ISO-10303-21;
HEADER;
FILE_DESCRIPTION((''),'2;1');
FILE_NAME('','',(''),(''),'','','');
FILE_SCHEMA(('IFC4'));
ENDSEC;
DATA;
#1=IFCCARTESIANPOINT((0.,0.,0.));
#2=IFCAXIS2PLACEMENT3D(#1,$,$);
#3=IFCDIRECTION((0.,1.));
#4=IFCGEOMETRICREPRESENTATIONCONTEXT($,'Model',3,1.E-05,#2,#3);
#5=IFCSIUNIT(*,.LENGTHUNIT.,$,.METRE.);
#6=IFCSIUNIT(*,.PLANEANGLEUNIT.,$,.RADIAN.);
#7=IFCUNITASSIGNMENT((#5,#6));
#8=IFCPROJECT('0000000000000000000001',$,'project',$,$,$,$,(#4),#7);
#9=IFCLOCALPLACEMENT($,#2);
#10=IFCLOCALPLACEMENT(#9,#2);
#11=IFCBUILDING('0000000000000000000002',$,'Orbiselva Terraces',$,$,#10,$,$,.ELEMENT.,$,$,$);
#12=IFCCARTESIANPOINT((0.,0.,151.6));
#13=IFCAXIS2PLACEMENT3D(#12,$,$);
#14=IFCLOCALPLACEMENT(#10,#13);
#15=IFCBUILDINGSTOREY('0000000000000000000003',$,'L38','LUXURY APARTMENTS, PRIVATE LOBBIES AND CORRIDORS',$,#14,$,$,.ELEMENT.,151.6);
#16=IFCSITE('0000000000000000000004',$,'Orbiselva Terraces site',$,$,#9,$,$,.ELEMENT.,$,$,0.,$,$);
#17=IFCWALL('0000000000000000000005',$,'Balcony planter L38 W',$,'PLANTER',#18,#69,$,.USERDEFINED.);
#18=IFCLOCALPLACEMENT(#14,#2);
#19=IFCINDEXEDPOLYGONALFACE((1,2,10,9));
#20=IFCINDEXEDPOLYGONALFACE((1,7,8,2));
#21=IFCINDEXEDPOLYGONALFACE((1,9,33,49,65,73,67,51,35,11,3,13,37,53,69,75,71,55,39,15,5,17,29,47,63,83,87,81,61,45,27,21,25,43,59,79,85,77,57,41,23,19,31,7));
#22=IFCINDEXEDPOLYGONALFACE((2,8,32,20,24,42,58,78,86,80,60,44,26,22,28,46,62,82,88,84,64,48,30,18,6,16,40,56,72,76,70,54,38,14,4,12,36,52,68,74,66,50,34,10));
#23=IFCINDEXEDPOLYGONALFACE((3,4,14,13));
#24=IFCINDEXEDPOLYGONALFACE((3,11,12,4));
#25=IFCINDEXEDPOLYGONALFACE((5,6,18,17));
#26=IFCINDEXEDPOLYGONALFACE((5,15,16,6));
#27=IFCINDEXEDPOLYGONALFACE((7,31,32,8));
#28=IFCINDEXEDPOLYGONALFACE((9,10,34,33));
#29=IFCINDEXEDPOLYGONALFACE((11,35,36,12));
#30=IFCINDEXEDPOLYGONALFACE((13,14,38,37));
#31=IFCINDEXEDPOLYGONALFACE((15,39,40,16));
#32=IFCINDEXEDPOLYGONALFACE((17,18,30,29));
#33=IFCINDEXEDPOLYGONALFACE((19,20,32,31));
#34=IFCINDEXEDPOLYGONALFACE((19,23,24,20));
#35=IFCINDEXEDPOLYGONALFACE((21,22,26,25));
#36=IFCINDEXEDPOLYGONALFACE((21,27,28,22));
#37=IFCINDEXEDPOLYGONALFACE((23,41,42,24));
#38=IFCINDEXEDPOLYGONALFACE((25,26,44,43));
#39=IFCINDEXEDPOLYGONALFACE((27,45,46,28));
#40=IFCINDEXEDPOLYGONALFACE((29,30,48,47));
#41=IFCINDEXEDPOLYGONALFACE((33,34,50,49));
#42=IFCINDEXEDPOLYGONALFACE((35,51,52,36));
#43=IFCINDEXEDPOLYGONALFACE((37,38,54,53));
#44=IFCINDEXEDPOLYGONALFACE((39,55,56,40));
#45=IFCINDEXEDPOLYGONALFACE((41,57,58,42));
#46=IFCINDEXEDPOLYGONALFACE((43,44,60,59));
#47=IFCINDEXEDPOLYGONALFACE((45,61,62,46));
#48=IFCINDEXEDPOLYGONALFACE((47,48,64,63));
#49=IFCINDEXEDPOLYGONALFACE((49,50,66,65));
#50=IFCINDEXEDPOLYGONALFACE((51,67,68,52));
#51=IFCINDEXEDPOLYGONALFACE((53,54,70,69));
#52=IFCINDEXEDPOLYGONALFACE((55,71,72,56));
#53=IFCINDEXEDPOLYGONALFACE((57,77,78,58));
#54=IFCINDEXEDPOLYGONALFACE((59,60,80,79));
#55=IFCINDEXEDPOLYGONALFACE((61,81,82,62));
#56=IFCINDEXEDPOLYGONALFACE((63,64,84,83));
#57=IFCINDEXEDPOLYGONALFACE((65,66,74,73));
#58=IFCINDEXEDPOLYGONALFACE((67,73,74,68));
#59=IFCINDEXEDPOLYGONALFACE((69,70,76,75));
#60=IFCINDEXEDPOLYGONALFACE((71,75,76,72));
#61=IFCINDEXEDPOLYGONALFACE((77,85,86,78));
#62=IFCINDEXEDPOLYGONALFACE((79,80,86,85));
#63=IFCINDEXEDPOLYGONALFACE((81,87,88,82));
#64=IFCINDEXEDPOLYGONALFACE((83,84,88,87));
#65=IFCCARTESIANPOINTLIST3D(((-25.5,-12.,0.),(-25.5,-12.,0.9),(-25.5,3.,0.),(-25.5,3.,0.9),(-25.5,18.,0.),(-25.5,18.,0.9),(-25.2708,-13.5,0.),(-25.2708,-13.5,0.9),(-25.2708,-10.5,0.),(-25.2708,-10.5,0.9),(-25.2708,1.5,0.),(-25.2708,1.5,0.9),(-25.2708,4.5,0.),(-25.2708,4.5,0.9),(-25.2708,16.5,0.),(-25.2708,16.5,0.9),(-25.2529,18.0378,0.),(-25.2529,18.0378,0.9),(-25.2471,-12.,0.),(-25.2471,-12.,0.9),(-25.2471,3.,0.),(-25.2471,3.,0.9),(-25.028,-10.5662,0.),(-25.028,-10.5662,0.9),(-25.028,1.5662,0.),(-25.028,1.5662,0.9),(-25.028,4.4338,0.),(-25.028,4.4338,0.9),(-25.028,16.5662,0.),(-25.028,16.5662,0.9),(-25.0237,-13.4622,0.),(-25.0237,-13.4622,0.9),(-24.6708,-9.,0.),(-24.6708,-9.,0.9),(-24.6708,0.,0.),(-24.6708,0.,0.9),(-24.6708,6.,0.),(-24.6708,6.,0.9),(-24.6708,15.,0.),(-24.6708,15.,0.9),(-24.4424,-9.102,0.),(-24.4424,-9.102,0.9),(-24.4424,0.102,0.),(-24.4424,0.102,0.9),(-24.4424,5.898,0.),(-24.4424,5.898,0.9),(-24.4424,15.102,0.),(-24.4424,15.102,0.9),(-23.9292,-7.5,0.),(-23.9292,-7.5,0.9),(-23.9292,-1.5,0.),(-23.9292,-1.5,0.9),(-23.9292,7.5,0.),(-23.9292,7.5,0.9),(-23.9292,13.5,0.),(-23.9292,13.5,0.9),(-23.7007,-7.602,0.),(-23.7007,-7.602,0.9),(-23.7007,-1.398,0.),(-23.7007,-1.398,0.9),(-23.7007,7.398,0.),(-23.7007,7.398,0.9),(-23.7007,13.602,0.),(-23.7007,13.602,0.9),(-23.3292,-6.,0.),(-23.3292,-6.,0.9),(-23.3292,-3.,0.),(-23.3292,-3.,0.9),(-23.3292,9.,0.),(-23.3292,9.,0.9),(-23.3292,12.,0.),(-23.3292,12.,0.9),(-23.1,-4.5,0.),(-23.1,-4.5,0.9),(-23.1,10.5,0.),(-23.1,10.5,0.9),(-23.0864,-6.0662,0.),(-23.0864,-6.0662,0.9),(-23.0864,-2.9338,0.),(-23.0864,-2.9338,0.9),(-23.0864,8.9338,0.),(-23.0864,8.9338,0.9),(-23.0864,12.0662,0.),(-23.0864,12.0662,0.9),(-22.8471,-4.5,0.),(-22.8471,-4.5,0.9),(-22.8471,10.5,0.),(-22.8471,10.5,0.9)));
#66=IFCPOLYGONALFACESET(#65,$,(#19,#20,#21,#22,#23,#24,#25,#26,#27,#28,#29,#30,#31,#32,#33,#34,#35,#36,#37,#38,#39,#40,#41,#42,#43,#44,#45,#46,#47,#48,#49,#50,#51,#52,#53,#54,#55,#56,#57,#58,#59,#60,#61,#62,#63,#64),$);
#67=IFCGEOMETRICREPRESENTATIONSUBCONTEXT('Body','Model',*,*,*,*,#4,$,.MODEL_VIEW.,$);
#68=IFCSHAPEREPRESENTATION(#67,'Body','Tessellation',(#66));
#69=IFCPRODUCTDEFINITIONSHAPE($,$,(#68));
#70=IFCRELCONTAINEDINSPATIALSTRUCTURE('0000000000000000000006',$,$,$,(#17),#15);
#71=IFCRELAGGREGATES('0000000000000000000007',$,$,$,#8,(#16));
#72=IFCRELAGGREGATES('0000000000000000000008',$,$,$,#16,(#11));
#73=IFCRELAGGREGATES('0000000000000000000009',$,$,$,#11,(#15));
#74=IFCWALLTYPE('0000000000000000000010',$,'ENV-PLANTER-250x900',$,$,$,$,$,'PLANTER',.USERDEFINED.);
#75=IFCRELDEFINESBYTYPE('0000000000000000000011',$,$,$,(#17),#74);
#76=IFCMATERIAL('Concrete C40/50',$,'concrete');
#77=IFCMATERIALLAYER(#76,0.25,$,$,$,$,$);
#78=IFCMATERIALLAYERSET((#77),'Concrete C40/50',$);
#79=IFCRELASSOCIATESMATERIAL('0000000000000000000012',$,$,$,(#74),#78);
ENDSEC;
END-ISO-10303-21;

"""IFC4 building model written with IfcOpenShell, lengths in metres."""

from ifc_helpers import new_model, si_unit, direction, frame, origin, place, context, subcontext, project, spatial, polyline, outline, extrude, material, layer, layer_set, type_object, element, save


model = new_model("IFC4")

# Units and contexts
model_context = context("Model", 3, precision=1e-05, world=origin(), true_north=direction((0.0, 1.0)))
body_context = subcontext(model_context, "Body", "Model", "MODEL_VIEW")
ifc_project = project(units=[si_unit("LENGTHUNIT", "METRE"), si_unit("PLANEANGLEUNIT", "RADIAN")], contexts=[model_context])

# Site, building, storey
site_placement = place(None, origin())
site = spatial("IfcSite", under=ifc_project, at=site_placement, Name="Orbiselva Terraces site", CompositionType="ELEMENT", RefElevation=0.0)
building_placement = place(site_placement, origin())
building = spatial("IfcBuilding", under=site, at=building_placement, Name="Orbiselva Terraces", CompositionType="ELEMENT")
storey_placement = place(building_placement, frame((0.0, 0.0, 151.6)))
storey = spatial("IfcBuildingStorey", under=building, at=storey_placement, Name="L38", Description="LUXURY APARTMENTS, PRIVATE LOBBIES AND CORRIDORS", CompositionType="ELEMENT", Elevation=151.6)

# Shared definitions
ifc_material_1 = material(Name="Concrete C40/50", Category="concrete")

# Wall
ifc_layer_1 = layer(ifc_material_1, 0.25)
ifc_layer_set_1 = layer_set([ifc_layer_1], Name="Concrete C40/50")
wall_type = type_object("IfcWallType", Name="ENV-PLANTER-250x900", ElementType="PLANTER", PredefinedType="USERDEFINED", material=ifc_layer_set_1)
wall_1_placement = place(storey_placement, origin())
element("IfcWall", 1, at=wall_1_placement, inside=storey, type_object=wall_type, Name="Balcony planter L38 W", ObjectType="PLANTER", PredefinedType="USERDEFINED", context=body_context, shape_type="SweptSolid", body=[
    extrude(outline(polyline([(-25.5, 18.0), (-25.2708, 16.5), (-24.6708, 15.0), (-23.9292, 13.5), (-23.3292, 12.0), (-23.1, 10.5), (-23.3292, 9.0), (-23.9292, 7.5), (-24.6708, 6.0), (-25.2708, 4.5), (-25.5, 3.0), (-25.2708, 1.5), (-24.6708, 0.0), (-23.9292, -1.5), (-23.3292, -3.0), (-23.1, -4.5), (-23.3292, -6.0), (-23.9292, -7.5), (-24.6708, -9.0), (-25.2708, -10.5), (-25.5, -12.0), (-25.2708, -13.5), (-25.0237, -13.4622), (-25.2471, -12.0), (-25.028, -10.5662), (-24.4424, -9.102), (-23.7007, -7.602), (-23.0864, -6.0662), (-22.8471, -4.5), (-23.0864, -2.9338), (-23.7007, -1.398), (-24.4424, 0.102), (-25.028, 1.5662), (-25.2471, 3.0), (-25.028, 4.4338), (-24.4424, 5.898), (-23.7007, 7.398), (-23.0864, 8.9338), (-22.8471, 10.5), (-23.0864, 12.0662), (-23.7007, 13.602), (-24.4424, 15.102), (-25.028, 16.5662), (-25.2529, 18.0378), (-25.5, 18.0)])), origin(), (0.0, 0.0, 1.0), 0.9),
])

save(model, "model.ifc")
